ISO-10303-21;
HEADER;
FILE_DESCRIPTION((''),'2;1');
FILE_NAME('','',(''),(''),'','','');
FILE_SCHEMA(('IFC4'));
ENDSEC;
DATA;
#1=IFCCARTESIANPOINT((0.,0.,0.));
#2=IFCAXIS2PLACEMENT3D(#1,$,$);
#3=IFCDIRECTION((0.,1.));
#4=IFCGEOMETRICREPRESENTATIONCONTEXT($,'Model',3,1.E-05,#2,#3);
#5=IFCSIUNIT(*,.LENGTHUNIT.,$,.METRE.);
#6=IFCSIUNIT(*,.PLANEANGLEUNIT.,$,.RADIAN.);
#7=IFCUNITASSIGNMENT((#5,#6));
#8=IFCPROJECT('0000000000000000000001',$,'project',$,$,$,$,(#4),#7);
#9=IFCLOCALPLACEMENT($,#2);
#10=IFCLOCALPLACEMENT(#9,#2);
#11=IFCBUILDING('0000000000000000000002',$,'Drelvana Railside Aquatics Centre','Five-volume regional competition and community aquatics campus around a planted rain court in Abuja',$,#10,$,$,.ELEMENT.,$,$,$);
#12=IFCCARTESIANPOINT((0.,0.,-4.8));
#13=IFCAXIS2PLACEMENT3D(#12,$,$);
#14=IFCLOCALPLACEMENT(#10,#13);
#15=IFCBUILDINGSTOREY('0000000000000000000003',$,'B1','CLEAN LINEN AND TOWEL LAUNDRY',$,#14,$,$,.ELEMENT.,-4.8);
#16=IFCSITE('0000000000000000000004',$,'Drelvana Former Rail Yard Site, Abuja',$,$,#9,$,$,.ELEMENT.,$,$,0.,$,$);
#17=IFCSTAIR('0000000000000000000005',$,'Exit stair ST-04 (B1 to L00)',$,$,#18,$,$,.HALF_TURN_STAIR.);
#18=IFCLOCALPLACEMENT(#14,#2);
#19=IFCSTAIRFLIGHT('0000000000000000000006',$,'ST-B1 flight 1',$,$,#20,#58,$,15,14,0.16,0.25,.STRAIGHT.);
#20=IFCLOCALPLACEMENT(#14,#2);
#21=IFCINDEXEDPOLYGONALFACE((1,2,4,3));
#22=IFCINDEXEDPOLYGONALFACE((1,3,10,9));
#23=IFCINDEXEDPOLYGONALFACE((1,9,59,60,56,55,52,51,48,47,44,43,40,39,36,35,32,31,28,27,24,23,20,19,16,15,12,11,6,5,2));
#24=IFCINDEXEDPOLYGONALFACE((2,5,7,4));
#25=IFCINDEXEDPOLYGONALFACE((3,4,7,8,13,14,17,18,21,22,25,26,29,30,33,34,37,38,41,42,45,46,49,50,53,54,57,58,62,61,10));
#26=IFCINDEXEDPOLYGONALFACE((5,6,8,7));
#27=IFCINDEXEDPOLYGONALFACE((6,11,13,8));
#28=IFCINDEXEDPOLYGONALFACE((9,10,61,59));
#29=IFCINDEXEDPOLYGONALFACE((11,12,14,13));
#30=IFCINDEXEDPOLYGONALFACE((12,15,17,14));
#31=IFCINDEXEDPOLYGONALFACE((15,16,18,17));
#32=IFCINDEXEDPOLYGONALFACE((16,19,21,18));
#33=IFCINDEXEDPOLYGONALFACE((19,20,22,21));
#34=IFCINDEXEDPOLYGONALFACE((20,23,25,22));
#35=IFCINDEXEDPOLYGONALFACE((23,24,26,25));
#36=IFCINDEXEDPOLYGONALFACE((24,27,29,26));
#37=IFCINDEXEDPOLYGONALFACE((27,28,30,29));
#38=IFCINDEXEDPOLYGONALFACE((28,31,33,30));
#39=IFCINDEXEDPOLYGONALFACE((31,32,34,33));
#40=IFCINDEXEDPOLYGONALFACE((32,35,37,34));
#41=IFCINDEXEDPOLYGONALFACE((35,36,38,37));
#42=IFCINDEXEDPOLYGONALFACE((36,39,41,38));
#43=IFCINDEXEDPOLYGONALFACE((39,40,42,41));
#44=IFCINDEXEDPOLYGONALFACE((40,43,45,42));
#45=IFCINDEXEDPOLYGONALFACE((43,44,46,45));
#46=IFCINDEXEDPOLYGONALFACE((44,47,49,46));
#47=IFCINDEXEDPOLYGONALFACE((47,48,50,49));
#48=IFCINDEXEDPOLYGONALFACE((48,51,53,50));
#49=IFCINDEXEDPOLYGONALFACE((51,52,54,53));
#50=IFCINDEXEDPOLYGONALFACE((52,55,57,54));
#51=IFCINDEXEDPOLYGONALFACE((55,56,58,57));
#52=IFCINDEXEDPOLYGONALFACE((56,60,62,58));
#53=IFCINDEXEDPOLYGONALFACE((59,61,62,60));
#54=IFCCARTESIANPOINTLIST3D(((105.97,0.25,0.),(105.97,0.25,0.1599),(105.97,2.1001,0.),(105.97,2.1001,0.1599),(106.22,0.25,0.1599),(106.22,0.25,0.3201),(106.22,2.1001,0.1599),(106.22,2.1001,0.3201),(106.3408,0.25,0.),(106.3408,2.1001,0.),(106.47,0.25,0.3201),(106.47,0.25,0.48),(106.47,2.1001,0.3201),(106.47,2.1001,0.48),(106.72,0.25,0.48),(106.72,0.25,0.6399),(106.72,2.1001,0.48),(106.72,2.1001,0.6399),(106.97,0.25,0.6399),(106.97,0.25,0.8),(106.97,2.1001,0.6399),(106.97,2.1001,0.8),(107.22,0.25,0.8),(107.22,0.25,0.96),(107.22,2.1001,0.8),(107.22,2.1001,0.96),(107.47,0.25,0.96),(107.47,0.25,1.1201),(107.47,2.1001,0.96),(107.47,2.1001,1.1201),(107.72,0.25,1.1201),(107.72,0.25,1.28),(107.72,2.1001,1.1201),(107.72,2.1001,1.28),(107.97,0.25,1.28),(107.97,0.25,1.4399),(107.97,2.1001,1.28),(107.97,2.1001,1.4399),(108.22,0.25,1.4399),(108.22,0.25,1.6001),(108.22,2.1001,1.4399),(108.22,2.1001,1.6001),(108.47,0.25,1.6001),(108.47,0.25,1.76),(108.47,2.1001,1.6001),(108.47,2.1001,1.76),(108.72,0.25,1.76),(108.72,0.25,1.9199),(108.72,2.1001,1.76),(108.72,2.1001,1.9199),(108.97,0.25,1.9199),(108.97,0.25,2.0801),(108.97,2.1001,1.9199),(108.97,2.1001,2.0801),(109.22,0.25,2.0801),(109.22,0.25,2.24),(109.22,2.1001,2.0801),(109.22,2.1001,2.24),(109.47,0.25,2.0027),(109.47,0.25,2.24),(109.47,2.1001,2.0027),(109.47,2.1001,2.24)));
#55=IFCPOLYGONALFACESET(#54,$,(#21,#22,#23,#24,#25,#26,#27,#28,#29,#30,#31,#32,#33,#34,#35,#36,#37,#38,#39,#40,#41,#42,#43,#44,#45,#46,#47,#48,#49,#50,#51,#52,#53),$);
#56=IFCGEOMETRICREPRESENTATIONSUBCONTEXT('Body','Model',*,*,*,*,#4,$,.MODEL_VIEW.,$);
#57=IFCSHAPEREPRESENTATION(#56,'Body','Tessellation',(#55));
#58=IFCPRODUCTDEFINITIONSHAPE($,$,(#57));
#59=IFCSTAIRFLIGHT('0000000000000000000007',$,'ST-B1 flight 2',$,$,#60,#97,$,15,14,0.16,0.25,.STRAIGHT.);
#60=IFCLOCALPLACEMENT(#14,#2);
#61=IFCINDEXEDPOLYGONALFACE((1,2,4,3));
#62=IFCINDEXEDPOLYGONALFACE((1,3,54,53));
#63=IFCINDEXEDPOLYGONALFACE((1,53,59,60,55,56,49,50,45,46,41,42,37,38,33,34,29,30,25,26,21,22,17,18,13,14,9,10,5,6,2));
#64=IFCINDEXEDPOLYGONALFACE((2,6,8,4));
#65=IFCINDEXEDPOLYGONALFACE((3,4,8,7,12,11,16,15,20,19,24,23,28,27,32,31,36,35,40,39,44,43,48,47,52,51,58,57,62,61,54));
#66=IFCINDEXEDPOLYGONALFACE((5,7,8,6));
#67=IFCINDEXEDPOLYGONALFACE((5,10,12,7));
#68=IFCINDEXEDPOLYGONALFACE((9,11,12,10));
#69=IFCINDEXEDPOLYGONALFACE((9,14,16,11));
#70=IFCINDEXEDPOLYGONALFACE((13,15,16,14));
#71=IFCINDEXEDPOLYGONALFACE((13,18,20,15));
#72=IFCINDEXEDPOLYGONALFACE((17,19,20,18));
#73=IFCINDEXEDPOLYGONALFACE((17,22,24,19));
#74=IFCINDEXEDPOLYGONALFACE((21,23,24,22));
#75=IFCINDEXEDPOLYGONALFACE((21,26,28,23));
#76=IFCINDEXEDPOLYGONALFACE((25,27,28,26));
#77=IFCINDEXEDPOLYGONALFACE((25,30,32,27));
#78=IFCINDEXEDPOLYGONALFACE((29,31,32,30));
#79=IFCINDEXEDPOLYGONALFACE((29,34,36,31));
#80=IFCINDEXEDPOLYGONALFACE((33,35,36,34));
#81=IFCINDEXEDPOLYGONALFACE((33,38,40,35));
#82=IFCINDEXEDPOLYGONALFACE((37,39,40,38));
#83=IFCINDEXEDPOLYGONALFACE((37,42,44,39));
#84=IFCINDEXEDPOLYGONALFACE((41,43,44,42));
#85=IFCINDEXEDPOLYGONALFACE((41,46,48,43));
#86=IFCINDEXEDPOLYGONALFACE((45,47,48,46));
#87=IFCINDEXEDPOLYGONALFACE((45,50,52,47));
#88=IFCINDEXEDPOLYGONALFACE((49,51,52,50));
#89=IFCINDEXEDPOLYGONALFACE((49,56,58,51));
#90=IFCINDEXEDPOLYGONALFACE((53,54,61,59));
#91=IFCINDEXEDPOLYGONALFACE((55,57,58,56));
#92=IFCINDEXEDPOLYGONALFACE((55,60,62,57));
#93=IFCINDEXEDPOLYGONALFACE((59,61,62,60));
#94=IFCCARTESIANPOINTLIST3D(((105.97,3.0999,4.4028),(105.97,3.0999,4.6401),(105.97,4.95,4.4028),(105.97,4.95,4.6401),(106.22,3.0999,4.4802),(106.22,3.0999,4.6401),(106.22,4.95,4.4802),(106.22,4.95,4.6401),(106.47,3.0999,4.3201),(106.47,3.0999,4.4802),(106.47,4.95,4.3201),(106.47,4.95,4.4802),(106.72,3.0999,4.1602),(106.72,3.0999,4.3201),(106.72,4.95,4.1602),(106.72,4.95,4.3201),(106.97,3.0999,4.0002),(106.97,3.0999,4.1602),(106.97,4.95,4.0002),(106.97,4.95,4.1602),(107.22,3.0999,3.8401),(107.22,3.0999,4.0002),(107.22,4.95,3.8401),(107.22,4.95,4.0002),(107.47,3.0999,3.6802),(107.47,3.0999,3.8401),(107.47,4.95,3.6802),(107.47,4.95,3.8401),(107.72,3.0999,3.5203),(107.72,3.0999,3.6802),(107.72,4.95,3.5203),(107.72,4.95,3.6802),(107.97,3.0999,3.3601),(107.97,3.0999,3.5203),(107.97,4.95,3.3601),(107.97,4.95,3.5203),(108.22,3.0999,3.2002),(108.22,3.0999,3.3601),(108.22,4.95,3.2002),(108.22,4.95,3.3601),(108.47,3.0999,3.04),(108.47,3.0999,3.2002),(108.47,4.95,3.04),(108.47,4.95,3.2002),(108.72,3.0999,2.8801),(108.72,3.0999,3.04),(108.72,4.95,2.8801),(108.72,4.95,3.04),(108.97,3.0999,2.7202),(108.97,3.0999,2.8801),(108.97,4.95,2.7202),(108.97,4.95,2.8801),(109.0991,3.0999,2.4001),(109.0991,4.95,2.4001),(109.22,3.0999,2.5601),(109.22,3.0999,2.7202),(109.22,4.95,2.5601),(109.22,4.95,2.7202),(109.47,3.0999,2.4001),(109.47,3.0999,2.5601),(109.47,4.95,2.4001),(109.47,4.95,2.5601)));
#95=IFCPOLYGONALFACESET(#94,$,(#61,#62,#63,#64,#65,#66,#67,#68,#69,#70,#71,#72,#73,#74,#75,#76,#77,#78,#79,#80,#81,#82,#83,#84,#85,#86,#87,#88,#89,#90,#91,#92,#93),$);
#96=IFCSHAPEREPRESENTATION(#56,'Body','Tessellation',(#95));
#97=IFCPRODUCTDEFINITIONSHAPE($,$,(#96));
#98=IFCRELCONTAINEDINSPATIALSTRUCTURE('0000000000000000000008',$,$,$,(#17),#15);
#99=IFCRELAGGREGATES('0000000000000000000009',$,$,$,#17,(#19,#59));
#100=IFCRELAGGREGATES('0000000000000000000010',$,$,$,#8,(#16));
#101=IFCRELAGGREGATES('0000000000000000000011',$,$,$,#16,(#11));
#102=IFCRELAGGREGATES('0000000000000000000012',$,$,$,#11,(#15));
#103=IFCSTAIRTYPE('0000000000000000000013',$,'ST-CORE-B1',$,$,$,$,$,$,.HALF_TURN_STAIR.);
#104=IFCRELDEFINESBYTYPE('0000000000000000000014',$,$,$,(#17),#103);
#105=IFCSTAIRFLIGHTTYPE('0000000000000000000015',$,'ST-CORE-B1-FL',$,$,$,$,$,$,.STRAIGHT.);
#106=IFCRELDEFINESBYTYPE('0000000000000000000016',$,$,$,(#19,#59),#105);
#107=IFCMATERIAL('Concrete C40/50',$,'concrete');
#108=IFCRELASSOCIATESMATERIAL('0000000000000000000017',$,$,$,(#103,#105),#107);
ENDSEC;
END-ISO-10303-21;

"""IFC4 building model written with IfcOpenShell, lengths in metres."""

from ifc_helpers import new_model, si_unit, direction, frame, origin, place, context, subcontext, project, spatial, polyline, outline, extrude, material, type_object, element, aggregate, save


model = new_model("IFC4")

# Units and contexts
model_context = context("Model", 3, precision=1e-05, world=origin(), true_north=direction((0.0, 1.0)))
body_context = subcontext(model_context, "Body", "Model", "MODEL_VIEW")
ifc_project = project(units=[si_unit("LENGTHUNIT", "METRE"), si_unit("PLANEANGLEUNIT", "RADIAN")], contexts=[model_context])

# Site, building, storey
site_placement = place(None, origin())
site = spatial("IfcSite", under=ifc_project, at=site_placement, Name="Drelvana Former Rail Yard Site, Abuja", CompositionType="ELEMENT", RefElevation=0.0)
building_placement = place(site_placement, origin())
building = spatial("IfcBuilding", under=site, at=building_placement, Name="Drelvana Railside Aquatics Centre", Description="Five-volume regional competition and community aquatics campus around a planted rain court in Abuja", CompositionType="ELEMENT")
storey_placement = place(building_placement, frame((0.0, 0.0, -4.8)))
storey = spatial("IfcBuildingStorey", under=building, at=storey_placement, Name="B1", Description="CLEAN LINEN AND TOWEL LAUNDRY", CompositionType="ELEMENT", Elevation=-4.8)

# Shared definitions
ifc_material_1 = material(Name="Concrete C40/50", Category="concrete")

# Stair, stair flights
stair_type = type_object("IfcStairType", Name="ST-CORE-B1", PredefinedType="HALF_TURN_STAIR", material=ifc_material_1)
stair_placement = place(storey_placement, origin())
stair = element("IfcStair", 1, at=stair_placement, inside=storey, type_object=stair_type, Name="Exit stair ST-04 (B1 to L00)", PredefinedType="HALF_TURN_STAIR")
stair_flight_type = type_object("IfcStairFlightType", Name="ST-CORE-B1-FL", PredefinedType="STRAIGHT", material=ifc_material_1)
stair_flight_1_placement = place(storey_placement, frame((105.97, 1.175, 0.0), z_axis=(0.0, 0.0, 1.0), x_axis=(1.0, 0.0, 0.0)))
stair_flight_1 = element("IfcStairFlight", 2, at=stair_flight_1_placement, type_object=stair_flight_type, Name="ST-B1 flight 1", NumberOfRisers=15, NumberOfTreads=14, PredefinedType="STRAIGHT", RiserHeight=0.16, TreadLength=0.25, context=body_context, shape_type="SweptSolid", body=[
    extrude(outline(polyline([(0.0, 0.0), (0.0, 0.1599), (0.25, 0.1599), (0.25, 0.3201), (0.5, 0.3201), (0.5, 0.48), (0.75, 0.48), (0.75, 0.6399), (1.0, 0.6399), (1.0, 0.8), (1.25, 0.8), (1.25, 0.96), (1.5, 0.96), (1.5, 1.1201), (1.75, 1.1201), (1.75, 1.28), (2.0, 1.28), (2.0, 1.4399), (2.25, 1.4399), (2.25, 1.6001), (2.5, 1.6001), (2.5, 1.76), (2.75, 1.76), (2.75, 1.9199), (3.0, 1.9199), (3.0, 2.0801), (3.25, 2.0801), (3.25, 2.24), (3.5, 2.24), (3.5, 2.3999), (3.5, 2.0027), (0.3708, 0.0), (0.0, 0.0)])), frame((0.0, 0.925, 0.0), z_axis=(0.0, -1.0, 0.0), x_axis=(1.0, 0.0, 0.0)), (0.0, 0.0, 1.0), 1.8501),
])
stair_flight_2_placement = place(storey_placement, frame((109.47, 4.0249, 2.4001), z_axis=(0.0, 0.0, 1.0), x_axis=(-1.0, 0.0, 0.0)))
stair_flight_2 = element("IfcStairFlight", 3, at=stair_flight_2_placement, type_object=stair_flight_type, Name="ST-B1 flight 2", NumberOfRisers=15, NumberOfTreads=14, PredefinedType="STRAIGHT", RiserHeight=0.16, TreadLength=0.25, context=body_context, shape_type="SweptSolid", body=[
    extrude(outline(polyline([(0.0, 0.0), (0.0, 0.1599), (0.25, 0.1599), (0.25, 0.3201), (0.5, 0.3201), (0.5, 0.48), (0.75, 0.48), (0.75, 0.6399), (1.0, 0.6399), (1.0, 0.8), (1.25, 0.8), (1.25, 0.96), (1.5, 0.96), (1.5, 1.1201), (1.75, 1.1201), (1.75, 1.28), (2.0, 1.28), (2.0, 1.4399), (2.25, 1.4399), (2.25, 1.6001), (2.5, 1.6001), (2.5, 1.76), (2.75, 1.76), (2.75, 1.9199), (3.0, 1.9199), (3.0, 2.0801), (3.25, 2.0801), (3.25, 2.24), (3.5, 2.24), (3.5, 2.3999), (3.5, 2.0027), (0.3708, 0.0), (0.0, 0.0)])), frame((0.0, 0.925, 0.0), z_axis=(0.0, -1.0, 0.0), x_axis=(1.0, 0.0, 0.0)), (0.0, 0.0, 1.0), 1.8501),
])
aggregate(stair, [stair_flight_1, stair_flight_2])

save(model, "model.ifc")
